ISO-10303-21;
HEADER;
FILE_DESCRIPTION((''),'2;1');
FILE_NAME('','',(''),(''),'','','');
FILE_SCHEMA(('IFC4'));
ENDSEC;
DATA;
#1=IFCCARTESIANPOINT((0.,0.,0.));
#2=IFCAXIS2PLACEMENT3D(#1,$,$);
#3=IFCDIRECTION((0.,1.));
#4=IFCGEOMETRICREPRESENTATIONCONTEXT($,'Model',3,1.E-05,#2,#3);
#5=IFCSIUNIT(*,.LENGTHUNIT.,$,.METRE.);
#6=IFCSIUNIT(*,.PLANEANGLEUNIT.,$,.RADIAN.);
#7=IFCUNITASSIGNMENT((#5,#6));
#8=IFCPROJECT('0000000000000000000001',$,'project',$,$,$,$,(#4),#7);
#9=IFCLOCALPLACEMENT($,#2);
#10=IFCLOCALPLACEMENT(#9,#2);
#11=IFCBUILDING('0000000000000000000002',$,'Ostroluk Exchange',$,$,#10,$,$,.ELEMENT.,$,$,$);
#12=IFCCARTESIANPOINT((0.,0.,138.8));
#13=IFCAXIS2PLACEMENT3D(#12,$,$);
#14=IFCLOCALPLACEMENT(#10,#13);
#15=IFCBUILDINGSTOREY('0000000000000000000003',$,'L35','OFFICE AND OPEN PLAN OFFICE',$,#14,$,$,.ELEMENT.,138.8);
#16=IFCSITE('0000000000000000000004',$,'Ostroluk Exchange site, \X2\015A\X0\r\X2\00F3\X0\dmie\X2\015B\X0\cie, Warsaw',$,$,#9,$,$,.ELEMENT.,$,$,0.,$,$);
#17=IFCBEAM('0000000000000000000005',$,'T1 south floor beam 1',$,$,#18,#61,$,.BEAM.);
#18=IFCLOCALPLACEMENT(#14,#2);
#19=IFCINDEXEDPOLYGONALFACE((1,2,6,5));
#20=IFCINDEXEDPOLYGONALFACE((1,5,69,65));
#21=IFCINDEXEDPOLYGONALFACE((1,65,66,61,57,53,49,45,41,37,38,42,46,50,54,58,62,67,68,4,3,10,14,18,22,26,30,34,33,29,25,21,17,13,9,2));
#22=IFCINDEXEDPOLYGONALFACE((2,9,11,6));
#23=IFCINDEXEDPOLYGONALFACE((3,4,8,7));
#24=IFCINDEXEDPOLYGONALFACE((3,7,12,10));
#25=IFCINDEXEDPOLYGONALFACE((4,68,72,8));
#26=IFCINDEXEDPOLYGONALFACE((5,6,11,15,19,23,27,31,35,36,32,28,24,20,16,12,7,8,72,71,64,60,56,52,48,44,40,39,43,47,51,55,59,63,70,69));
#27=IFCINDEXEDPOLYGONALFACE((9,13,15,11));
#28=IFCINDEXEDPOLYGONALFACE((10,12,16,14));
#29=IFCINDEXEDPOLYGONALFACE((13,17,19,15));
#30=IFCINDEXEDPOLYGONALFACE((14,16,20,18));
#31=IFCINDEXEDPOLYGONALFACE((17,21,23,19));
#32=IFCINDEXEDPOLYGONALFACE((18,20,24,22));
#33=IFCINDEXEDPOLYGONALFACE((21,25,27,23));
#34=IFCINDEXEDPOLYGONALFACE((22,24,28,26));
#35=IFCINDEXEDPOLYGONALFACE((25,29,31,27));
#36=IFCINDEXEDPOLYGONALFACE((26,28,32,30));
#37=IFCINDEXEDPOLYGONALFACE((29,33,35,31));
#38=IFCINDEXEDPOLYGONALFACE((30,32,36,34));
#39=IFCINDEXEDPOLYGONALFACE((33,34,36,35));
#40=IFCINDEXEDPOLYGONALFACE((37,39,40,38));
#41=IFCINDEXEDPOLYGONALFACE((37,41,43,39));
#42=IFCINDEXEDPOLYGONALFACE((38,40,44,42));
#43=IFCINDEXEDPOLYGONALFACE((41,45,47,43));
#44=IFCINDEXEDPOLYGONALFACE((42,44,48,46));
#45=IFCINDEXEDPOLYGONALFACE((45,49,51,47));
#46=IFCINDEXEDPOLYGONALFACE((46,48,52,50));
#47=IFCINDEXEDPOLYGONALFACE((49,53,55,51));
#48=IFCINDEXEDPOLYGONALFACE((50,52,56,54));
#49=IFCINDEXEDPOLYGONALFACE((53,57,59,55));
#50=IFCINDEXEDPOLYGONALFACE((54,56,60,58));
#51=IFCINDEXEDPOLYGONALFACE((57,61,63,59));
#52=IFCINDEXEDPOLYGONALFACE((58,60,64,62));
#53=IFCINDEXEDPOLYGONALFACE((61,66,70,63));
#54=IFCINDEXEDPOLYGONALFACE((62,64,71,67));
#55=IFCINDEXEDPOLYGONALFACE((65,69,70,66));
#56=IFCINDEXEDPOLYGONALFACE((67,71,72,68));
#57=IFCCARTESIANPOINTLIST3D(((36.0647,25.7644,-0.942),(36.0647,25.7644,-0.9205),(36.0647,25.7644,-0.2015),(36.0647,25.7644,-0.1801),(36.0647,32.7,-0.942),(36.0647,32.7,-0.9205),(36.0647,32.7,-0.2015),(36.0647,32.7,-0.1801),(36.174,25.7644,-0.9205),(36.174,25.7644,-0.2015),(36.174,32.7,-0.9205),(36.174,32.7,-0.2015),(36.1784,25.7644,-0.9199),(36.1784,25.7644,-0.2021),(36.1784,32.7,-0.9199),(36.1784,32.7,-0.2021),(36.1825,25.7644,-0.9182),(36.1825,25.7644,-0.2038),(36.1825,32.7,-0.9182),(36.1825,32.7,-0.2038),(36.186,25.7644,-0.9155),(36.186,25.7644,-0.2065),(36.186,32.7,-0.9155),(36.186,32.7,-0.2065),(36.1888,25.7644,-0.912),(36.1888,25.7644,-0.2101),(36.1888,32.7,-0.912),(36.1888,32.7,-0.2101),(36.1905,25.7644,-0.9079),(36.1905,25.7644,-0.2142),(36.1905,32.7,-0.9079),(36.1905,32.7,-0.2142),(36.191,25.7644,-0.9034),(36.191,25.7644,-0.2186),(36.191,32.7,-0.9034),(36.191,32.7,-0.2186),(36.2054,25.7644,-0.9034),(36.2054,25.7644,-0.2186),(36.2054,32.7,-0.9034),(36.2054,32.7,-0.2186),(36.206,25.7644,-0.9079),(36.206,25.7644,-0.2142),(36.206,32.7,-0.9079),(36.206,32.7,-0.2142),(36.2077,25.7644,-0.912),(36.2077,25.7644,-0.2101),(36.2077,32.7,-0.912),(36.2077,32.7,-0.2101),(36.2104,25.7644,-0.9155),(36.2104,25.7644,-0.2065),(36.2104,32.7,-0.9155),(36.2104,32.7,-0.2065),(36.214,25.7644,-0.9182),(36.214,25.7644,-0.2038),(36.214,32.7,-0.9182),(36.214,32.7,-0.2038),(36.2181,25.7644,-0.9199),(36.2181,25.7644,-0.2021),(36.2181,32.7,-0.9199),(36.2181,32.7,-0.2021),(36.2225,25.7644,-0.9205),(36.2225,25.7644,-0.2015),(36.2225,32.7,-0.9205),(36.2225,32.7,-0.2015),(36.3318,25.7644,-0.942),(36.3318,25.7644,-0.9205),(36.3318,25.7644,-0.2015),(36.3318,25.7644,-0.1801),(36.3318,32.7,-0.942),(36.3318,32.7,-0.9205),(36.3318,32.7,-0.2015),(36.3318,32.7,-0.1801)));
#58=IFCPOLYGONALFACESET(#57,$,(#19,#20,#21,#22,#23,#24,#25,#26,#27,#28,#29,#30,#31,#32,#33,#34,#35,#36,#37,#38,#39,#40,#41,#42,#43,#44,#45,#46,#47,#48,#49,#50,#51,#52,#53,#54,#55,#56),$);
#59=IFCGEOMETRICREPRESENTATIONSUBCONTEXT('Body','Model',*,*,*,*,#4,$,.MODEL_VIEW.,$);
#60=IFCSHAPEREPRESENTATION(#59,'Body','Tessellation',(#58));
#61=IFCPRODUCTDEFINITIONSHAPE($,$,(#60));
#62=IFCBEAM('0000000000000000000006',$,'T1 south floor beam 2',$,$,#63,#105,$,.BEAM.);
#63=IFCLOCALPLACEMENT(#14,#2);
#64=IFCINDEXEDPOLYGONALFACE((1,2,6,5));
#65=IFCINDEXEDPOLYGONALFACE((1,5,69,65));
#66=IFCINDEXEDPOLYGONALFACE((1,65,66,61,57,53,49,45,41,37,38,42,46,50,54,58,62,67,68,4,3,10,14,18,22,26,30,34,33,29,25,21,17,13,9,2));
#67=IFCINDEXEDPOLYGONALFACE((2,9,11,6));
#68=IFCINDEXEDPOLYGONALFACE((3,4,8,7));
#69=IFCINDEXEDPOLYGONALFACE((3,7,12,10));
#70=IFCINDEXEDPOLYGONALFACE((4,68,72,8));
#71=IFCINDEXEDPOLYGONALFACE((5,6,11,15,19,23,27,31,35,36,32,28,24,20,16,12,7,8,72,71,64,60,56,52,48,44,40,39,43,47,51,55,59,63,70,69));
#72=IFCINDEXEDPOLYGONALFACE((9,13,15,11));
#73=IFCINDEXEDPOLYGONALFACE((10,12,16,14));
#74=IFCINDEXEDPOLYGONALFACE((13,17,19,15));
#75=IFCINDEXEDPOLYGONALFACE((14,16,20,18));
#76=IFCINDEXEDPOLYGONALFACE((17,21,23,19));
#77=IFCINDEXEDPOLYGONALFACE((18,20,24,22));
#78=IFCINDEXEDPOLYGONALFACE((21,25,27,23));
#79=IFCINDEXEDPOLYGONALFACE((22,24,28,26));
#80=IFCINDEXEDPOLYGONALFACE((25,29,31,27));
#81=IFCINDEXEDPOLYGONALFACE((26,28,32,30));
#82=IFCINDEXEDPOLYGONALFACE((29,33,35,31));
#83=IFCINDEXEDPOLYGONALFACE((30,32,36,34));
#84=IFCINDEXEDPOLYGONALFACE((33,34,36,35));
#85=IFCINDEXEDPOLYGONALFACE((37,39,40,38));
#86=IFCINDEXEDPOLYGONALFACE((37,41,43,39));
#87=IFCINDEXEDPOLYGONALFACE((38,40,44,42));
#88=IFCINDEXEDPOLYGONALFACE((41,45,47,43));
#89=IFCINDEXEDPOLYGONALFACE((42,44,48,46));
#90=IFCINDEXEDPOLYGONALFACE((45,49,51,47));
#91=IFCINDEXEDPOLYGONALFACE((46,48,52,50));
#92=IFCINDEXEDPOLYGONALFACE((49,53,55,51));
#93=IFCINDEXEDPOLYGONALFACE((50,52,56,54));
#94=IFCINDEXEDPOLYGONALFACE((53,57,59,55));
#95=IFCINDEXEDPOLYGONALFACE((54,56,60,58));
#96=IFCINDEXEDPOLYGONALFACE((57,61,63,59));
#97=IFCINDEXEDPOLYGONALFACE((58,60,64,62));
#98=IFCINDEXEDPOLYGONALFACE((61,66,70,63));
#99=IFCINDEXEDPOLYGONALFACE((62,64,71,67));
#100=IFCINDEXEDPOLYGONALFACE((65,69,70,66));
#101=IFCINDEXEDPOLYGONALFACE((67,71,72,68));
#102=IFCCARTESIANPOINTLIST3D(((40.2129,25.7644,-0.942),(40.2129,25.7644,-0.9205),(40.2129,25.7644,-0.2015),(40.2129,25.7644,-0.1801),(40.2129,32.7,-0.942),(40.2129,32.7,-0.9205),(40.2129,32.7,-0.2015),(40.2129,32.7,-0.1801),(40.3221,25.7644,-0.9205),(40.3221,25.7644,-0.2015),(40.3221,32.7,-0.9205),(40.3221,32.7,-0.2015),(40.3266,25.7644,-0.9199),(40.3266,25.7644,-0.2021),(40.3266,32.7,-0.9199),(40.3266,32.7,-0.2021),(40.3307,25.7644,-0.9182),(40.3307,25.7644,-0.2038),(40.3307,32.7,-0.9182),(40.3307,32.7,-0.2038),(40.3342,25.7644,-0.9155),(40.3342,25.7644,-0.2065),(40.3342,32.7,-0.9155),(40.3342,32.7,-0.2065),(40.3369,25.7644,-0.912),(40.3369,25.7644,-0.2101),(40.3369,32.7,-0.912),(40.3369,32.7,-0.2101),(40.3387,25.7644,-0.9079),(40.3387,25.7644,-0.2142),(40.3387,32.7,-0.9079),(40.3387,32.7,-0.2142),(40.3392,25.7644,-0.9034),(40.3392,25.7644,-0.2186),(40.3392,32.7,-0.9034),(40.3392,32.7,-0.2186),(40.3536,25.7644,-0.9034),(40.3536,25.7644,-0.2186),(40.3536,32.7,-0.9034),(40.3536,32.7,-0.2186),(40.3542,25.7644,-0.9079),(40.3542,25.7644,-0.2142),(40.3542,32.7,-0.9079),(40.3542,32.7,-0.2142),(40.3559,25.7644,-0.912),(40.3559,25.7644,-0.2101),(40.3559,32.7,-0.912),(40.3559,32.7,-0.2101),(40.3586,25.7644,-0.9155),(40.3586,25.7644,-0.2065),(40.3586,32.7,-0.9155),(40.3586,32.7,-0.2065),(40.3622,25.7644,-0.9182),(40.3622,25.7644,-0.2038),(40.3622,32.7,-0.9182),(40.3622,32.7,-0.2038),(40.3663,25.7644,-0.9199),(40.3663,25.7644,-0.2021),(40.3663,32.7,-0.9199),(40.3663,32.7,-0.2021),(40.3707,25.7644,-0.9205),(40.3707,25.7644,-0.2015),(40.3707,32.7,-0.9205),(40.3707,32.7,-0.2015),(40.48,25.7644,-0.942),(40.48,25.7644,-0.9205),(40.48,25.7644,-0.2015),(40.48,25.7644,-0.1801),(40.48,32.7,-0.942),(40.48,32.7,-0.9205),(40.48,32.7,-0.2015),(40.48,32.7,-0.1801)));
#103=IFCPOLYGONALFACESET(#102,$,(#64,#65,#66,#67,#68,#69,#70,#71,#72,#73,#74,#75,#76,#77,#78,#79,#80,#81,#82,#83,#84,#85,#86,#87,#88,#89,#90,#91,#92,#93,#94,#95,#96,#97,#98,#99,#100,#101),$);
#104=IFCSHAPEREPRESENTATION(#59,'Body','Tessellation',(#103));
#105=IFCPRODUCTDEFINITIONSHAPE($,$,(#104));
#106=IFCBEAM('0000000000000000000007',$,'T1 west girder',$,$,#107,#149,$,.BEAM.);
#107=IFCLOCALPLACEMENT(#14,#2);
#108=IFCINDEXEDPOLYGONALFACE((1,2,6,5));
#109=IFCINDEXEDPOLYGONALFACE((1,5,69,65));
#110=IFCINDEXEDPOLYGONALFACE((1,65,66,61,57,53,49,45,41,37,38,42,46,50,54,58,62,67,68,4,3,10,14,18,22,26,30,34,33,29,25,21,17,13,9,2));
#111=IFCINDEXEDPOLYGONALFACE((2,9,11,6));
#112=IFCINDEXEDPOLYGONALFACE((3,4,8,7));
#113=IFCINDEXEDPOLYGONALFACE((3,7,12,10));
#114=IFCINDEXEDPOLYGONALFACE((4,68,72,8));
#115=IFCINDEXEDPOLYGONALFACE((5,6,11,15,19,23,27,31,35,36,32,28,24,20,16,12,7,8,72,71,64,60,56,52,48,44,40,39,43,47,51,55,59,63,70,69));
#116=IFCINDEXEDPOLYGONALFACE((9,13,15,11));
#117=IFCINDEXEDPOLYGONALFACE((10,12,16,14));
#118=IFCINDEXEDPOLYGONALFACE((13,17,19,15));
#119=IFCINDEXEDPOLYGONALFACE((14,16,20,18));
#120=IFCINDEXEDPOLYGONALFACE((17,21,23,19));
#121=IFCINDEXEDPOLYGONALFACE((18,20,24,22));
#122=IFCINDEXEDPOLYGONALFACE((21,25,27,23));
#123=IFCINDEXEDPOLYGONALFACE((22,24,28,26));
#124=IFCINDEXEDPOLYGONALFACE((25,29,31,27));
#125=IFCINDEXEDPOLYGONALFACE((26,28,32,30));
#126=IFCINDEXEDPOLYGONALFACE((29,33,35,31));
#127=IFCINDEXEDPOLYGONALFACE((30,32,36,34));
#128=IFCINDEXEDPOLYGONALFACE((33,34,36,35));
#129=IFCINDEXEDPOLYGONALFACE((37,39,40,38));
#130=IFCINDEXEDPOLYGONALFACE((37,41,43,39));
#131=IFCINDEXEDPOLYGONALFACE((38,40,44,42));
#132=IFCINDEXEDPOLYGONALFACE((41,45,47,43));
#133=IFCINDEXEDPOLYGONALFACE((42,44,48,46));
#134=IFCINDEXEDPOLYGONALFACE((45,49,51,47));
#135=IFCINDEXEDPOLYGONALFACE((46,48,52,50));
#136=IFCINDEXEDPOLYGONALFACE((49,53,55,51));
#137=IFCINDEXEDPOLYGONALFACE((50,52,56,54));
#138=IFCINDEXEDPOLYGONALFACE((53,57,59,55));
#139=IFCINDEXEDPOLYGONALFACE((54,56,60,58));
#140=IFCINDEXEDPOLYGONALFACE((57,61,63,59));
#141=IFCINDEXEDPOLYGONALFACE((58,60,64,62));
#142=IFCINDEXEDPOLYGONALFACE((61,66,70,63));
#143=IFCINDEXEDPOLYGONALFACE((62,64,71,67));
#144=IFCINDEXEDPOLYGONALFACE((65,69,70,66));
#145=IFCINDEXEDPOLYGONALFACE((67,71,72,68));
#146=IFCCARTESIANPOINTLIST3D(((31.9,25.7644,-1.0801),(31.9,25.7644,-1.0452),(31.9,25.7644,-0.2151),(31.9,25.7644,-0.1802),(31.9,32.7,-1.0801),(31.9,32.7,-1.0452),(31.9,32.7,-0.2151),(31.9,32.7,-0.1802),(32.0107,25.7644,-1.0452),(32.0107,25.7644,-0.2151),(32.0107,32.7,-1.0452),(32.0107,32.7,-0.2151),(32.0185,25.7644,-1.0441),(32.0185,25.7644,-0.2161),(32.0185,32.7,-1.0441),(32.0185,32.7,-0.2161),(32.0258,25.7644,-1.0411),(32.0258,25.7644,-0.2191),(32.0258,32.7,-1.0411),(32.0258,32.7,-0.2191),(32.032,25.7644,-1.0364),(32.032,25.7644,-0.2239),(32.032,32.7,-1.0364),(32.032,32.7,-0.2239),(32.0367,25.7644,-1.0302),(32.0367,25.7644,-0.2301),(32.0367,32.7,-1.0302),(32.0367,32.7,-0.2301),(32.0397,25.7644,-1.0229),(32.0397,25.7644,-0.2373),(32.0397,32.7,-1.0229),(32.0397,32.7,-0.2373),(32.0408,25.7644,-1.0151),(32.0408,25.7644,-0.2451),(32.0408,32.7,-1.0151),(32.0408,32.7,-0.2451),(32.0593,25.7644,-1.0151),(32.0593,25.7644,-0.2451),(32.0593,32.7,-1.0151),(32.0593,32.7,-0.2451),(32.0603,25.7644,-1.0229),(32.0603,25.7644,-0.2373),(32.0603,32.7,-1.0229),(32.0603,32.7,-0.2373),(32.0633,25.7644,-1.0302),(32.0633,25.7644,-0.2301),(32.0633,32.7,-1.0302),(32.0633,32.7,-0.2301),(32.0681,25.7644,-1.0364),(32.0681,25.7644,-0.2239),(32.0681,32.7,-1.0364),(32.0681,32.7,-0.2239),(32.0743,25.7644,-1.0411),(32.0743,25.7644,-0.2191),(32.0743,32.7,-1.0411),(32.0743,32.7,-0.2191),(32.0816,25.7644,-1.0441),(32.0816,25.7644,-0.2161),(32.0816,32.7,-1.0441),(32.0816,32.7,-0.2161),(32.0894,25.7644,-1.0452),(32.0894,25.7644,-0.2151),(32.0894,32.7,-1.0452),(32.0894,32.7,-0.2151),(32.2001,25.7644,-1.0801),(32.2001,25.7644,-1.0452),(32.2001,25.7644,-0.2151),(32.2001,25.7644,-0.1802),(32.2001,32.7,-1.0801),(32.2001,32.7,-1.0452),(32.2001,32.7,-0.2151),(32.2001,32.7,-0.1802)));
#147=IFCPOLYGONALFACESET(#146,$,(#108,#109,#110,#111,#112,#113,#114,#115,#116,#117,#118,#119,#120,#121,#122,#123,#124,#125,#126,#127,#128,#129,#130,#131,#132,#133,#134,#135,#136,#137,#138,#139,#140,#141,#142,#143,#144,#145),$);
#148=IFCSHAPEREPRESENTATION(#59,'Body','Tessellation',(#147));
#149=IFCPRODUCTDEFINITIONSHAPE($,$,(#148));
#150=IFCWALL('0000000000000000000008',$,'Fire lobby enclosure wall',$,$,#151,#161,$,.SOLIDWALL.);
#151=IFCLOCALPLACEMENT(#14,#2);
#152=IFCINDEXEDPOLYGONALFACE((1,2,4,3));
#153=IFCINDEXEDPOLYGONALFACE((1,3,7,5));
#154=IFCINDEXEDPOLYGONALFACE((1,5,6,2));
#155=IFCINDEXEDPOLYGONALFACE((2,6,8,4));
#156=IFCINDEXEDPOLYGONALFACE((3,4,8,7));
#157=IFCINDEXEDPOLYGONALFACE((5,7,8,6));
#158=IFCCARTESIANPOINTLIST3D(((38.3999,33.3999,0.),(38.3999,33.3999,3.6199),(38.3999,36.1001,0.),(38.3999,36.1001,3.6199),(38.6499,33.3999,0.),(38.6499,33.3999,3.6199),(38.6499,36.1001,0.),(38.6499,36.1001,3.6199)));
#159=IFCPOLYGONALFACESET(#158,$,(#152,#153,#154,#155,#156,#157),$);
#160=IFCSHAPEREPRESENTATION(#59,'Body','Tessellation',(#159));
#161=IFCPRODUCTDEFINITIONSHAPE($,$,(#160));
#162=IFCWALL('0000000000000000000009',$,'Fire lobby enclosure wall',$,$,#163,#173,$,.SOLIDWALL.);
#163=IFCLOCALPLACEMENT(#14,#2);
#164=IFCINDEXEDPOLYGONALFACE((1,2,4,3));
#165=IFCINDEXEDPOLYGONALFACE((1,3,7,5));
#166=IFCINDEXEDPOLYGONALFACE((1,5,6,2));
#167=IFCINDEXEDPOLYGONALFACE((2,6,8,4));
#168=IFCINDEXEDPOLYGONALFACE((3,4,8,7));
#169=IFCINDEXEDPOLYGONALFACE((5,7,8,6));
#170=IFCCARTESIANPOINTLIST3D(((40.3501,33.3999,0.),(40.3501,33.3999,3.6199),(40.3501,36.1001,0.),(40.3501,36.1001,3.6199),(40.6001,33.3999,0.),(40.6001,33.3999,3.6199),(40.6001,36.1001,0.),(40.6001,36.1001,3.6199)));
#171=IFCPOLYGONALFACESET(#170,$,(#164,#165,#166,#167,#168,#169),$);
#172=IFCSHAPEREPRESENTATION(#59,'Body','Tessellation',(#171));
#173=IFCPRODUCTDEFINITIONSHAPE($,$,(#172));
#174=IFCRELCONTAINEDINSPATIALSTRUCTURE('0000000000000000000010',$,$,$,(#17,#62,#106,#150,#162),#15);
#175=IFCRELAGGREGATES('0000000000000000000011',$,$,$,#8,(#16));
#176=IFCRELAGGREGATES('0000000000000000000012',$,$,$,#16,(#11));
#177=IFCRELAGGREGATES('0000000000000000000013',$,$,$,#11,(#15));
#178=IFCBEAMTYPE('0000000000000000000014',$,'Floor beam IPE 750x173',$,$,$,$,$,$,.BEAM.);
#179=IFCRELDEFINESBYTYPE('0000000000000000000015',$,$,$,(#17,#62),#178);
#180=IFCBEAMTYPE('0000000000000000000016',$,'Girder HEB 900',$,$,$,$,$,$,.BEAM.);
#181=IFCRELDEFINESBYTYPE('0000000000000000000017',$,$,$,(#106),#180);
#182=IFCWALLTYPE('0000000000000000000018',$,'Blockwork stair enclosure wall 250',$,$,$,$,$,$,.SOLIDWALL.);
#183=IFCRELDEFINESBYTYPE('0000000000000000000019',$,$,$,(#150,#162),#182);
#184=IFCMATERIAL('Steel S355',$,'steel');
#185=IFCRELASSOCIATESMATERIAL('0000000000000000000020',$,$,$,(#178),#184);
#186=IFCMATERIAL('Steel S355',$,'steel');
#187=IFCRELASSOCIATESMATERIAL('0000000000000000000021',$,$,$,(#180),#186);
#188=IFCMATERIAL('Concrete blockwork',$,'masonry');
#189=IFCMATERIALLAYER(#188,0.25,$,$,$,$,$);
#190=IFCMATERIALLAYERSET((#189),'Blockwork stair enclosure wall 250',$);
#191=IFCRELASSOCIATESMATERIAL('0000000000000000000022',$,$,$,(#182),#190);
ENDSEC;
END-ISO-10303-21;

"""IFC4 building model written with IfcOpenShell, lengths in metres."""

from ifc_helpers import new_model, si_unit, direction, frame, frame_2d, origin, origin_2d, place, context, subcontext, project, spatial, rectangle, i_section, extrude, material, layer, layer_set, material_profile, profile_set, type_object, element, save


model = new_model("IFC4")

# Units and contexts
model_context = context("Model", 3, precision=1e-05, world=origin(), true_north=direction((0.0, 1.0)))
body_context = subcontext(model_context, "Body", "Model", "MODEL_VIEW")
ifc_project = project(units=[si_unit("LENGTHUNIT", "METRE"), si_unit("PLANEANGLEUNIT", "RADIAN")], contexts=[model_context])

# Site, building, storey
site_placement = place(None, origin())
site = spatial("IfcSite", under=ifc_project, at=site_placement, Name="Ostroluk Exchange site, Śródmieście, Warsaw", CompositionType="ELEMENT", RefElevation=0.0)
building_placement = place(site_placement, origin())
building = spatial("IfcBuilding", under=site, at=building_placement, Name="Ostroluk Exchange", CompositionType="ELEMENT")
storey_placement = place(building_placement, frame((0.0, 0.0, 138.8)))
storey = spatial("IfcBuildingStorey", under=building, at=storey_placement, Name="L35", Description="OFFICE AND OPEN PLAN OFFICE", CompositionType="ELEMENT", Elevation=138.8)

# Beams
ifc_material_1 = material(Name="Steel S355", Category="steel")
ifc_material_profile_1 = material_profile(ifc_material_1, i_section(OverallWidth=0.2671, OverallDepth=0.762, WebThickness=0.0144, FlangeThickness=0.0215, FilletRadius=0.0171, at=origin_2d()), Name="IPE 750x173")
ifc_profile_set_1 = profile_set([ifc_material_profile_1], Name="Steel S355")
beam_type_1 = type_object("IfcBeamType", Name="Floor beam IPE 750x173", PredefinedType="BEAM", material=ifc_profile_set_1)
for number, where, z_axis, x_axis, name in (
    (1, (36.1982, 32.7, -0.561), (0.0, -1.0, 0.0), (1.0, 0.0, 0.0), "T1 south floor beam 1"),
    (2, (40.3464, 32.7, -0.561), (0.0, -1.0, 0.0), (1.0, 0.0, 0.0), "T1 south floor beam 2"),
):
    element("IfcBeam", number, at=place(storey_placement, frame(where, z_axis=z_axis, x_axis=x_axis)), inside=storey, type_object=beam_type_1, Name=name, PredefinedType="BEAM", context=body_context, shape_type="SweptSolid", body=[
        extrude(i_section(OverallWidth=0.2671, OverallDepth=0.762, WebThickness=0.0144, FlangeThickness=0.0215, FilletRadius=0.0171, at=origin_2d()), origin(), (0.0, 0.0, 1.0), 6.9355),
    ])
ifc_material_2 = material(Name="Steel S355", Category="steel")
ifc_material_profile_2 = material_profile(ifc_material_2, i_section(OverallWidth=0.3, OverallDepth=0.8999, WebThickness=0.0186, FlangeThickness=0.0349, FilletRadius=0.03, at=origin_2d()), Name="HEB 900")
ifc_profile_set_2 = profile_set([ifc_material_profile_2], Name="Steel S355")
beam_type_2 = type_object("IfcBeamType", Name="Girder HEB 900", PredefinedType="BEAM", material=ifc_profile_set_2)
beam_placement = place(storey_placement, frame((32.05, 32.7, -0.6301), z_axis=(0.0, -1.0, 0.0), x_axis=(1.0, 0.0, 0.0)))
element("IfcBeam", 3, at=beam_placement, inside=storey, type_object=beam_type_2, Name="T1 west girder", PredefinedType="BEAM", context=body_context, shape_type="SweptSolid", body=[
    extrude(i_section(OverallWidth=0.3, OverallDepth=0.8999, WebThickness=0.0186, FlangeThickness=0.0349, FilletRadius=0.03, at=origin_2d()), origin(), (0.0, 0.0, 1.0), 6.9355),
])

# Walls
ifc_material_3 = material(Name="Concrete blockwork", Category="masonry")
ifc_layer_1 = layer(ifc_material_3, 0.25)
ifc_layer_set_1 = layer_set([ifc_layer_1], Name="Blockwork stair enclosure wall 250")
wall_type_1 = type_object("IfcWallType", Name="Blockwork stair enclosure wall 250", PredefinedType="SOLIDWALL", material=ifc_layer_set_1)
for number, where, z_axis, x_axis, name in (
    (4, (38.5249, 33.3999, 0.0), (0.0, 0.0, 1.0), (0.0, 1.0, 0.0), "Fire lobby enclosure wall"),
    (5, (40.4751, 33.3999, 0.0), (0.0, 0.0, 1.0), (0.0, 1.0, 0.0), "Fire lobby enclosure wall"),
):
    element("IfcWall", number, at=place(storey_placement, frame(where, z_axis=z_axis, x_axis=x_axis)), inside=storey, type_object=wall_type_1, Name=name, PredefinedType="SOLIDWALL", context=body_context, shape_type="SweptSolid", body=[
        extrude(rectangle(XDim=2.7002, YDim=0.25, at=frame_2d((1.3501, 0.0))), origin(), (0.0, 0.0, 1.0), 3.6199),
    ])

save(model, "model.ifc")
